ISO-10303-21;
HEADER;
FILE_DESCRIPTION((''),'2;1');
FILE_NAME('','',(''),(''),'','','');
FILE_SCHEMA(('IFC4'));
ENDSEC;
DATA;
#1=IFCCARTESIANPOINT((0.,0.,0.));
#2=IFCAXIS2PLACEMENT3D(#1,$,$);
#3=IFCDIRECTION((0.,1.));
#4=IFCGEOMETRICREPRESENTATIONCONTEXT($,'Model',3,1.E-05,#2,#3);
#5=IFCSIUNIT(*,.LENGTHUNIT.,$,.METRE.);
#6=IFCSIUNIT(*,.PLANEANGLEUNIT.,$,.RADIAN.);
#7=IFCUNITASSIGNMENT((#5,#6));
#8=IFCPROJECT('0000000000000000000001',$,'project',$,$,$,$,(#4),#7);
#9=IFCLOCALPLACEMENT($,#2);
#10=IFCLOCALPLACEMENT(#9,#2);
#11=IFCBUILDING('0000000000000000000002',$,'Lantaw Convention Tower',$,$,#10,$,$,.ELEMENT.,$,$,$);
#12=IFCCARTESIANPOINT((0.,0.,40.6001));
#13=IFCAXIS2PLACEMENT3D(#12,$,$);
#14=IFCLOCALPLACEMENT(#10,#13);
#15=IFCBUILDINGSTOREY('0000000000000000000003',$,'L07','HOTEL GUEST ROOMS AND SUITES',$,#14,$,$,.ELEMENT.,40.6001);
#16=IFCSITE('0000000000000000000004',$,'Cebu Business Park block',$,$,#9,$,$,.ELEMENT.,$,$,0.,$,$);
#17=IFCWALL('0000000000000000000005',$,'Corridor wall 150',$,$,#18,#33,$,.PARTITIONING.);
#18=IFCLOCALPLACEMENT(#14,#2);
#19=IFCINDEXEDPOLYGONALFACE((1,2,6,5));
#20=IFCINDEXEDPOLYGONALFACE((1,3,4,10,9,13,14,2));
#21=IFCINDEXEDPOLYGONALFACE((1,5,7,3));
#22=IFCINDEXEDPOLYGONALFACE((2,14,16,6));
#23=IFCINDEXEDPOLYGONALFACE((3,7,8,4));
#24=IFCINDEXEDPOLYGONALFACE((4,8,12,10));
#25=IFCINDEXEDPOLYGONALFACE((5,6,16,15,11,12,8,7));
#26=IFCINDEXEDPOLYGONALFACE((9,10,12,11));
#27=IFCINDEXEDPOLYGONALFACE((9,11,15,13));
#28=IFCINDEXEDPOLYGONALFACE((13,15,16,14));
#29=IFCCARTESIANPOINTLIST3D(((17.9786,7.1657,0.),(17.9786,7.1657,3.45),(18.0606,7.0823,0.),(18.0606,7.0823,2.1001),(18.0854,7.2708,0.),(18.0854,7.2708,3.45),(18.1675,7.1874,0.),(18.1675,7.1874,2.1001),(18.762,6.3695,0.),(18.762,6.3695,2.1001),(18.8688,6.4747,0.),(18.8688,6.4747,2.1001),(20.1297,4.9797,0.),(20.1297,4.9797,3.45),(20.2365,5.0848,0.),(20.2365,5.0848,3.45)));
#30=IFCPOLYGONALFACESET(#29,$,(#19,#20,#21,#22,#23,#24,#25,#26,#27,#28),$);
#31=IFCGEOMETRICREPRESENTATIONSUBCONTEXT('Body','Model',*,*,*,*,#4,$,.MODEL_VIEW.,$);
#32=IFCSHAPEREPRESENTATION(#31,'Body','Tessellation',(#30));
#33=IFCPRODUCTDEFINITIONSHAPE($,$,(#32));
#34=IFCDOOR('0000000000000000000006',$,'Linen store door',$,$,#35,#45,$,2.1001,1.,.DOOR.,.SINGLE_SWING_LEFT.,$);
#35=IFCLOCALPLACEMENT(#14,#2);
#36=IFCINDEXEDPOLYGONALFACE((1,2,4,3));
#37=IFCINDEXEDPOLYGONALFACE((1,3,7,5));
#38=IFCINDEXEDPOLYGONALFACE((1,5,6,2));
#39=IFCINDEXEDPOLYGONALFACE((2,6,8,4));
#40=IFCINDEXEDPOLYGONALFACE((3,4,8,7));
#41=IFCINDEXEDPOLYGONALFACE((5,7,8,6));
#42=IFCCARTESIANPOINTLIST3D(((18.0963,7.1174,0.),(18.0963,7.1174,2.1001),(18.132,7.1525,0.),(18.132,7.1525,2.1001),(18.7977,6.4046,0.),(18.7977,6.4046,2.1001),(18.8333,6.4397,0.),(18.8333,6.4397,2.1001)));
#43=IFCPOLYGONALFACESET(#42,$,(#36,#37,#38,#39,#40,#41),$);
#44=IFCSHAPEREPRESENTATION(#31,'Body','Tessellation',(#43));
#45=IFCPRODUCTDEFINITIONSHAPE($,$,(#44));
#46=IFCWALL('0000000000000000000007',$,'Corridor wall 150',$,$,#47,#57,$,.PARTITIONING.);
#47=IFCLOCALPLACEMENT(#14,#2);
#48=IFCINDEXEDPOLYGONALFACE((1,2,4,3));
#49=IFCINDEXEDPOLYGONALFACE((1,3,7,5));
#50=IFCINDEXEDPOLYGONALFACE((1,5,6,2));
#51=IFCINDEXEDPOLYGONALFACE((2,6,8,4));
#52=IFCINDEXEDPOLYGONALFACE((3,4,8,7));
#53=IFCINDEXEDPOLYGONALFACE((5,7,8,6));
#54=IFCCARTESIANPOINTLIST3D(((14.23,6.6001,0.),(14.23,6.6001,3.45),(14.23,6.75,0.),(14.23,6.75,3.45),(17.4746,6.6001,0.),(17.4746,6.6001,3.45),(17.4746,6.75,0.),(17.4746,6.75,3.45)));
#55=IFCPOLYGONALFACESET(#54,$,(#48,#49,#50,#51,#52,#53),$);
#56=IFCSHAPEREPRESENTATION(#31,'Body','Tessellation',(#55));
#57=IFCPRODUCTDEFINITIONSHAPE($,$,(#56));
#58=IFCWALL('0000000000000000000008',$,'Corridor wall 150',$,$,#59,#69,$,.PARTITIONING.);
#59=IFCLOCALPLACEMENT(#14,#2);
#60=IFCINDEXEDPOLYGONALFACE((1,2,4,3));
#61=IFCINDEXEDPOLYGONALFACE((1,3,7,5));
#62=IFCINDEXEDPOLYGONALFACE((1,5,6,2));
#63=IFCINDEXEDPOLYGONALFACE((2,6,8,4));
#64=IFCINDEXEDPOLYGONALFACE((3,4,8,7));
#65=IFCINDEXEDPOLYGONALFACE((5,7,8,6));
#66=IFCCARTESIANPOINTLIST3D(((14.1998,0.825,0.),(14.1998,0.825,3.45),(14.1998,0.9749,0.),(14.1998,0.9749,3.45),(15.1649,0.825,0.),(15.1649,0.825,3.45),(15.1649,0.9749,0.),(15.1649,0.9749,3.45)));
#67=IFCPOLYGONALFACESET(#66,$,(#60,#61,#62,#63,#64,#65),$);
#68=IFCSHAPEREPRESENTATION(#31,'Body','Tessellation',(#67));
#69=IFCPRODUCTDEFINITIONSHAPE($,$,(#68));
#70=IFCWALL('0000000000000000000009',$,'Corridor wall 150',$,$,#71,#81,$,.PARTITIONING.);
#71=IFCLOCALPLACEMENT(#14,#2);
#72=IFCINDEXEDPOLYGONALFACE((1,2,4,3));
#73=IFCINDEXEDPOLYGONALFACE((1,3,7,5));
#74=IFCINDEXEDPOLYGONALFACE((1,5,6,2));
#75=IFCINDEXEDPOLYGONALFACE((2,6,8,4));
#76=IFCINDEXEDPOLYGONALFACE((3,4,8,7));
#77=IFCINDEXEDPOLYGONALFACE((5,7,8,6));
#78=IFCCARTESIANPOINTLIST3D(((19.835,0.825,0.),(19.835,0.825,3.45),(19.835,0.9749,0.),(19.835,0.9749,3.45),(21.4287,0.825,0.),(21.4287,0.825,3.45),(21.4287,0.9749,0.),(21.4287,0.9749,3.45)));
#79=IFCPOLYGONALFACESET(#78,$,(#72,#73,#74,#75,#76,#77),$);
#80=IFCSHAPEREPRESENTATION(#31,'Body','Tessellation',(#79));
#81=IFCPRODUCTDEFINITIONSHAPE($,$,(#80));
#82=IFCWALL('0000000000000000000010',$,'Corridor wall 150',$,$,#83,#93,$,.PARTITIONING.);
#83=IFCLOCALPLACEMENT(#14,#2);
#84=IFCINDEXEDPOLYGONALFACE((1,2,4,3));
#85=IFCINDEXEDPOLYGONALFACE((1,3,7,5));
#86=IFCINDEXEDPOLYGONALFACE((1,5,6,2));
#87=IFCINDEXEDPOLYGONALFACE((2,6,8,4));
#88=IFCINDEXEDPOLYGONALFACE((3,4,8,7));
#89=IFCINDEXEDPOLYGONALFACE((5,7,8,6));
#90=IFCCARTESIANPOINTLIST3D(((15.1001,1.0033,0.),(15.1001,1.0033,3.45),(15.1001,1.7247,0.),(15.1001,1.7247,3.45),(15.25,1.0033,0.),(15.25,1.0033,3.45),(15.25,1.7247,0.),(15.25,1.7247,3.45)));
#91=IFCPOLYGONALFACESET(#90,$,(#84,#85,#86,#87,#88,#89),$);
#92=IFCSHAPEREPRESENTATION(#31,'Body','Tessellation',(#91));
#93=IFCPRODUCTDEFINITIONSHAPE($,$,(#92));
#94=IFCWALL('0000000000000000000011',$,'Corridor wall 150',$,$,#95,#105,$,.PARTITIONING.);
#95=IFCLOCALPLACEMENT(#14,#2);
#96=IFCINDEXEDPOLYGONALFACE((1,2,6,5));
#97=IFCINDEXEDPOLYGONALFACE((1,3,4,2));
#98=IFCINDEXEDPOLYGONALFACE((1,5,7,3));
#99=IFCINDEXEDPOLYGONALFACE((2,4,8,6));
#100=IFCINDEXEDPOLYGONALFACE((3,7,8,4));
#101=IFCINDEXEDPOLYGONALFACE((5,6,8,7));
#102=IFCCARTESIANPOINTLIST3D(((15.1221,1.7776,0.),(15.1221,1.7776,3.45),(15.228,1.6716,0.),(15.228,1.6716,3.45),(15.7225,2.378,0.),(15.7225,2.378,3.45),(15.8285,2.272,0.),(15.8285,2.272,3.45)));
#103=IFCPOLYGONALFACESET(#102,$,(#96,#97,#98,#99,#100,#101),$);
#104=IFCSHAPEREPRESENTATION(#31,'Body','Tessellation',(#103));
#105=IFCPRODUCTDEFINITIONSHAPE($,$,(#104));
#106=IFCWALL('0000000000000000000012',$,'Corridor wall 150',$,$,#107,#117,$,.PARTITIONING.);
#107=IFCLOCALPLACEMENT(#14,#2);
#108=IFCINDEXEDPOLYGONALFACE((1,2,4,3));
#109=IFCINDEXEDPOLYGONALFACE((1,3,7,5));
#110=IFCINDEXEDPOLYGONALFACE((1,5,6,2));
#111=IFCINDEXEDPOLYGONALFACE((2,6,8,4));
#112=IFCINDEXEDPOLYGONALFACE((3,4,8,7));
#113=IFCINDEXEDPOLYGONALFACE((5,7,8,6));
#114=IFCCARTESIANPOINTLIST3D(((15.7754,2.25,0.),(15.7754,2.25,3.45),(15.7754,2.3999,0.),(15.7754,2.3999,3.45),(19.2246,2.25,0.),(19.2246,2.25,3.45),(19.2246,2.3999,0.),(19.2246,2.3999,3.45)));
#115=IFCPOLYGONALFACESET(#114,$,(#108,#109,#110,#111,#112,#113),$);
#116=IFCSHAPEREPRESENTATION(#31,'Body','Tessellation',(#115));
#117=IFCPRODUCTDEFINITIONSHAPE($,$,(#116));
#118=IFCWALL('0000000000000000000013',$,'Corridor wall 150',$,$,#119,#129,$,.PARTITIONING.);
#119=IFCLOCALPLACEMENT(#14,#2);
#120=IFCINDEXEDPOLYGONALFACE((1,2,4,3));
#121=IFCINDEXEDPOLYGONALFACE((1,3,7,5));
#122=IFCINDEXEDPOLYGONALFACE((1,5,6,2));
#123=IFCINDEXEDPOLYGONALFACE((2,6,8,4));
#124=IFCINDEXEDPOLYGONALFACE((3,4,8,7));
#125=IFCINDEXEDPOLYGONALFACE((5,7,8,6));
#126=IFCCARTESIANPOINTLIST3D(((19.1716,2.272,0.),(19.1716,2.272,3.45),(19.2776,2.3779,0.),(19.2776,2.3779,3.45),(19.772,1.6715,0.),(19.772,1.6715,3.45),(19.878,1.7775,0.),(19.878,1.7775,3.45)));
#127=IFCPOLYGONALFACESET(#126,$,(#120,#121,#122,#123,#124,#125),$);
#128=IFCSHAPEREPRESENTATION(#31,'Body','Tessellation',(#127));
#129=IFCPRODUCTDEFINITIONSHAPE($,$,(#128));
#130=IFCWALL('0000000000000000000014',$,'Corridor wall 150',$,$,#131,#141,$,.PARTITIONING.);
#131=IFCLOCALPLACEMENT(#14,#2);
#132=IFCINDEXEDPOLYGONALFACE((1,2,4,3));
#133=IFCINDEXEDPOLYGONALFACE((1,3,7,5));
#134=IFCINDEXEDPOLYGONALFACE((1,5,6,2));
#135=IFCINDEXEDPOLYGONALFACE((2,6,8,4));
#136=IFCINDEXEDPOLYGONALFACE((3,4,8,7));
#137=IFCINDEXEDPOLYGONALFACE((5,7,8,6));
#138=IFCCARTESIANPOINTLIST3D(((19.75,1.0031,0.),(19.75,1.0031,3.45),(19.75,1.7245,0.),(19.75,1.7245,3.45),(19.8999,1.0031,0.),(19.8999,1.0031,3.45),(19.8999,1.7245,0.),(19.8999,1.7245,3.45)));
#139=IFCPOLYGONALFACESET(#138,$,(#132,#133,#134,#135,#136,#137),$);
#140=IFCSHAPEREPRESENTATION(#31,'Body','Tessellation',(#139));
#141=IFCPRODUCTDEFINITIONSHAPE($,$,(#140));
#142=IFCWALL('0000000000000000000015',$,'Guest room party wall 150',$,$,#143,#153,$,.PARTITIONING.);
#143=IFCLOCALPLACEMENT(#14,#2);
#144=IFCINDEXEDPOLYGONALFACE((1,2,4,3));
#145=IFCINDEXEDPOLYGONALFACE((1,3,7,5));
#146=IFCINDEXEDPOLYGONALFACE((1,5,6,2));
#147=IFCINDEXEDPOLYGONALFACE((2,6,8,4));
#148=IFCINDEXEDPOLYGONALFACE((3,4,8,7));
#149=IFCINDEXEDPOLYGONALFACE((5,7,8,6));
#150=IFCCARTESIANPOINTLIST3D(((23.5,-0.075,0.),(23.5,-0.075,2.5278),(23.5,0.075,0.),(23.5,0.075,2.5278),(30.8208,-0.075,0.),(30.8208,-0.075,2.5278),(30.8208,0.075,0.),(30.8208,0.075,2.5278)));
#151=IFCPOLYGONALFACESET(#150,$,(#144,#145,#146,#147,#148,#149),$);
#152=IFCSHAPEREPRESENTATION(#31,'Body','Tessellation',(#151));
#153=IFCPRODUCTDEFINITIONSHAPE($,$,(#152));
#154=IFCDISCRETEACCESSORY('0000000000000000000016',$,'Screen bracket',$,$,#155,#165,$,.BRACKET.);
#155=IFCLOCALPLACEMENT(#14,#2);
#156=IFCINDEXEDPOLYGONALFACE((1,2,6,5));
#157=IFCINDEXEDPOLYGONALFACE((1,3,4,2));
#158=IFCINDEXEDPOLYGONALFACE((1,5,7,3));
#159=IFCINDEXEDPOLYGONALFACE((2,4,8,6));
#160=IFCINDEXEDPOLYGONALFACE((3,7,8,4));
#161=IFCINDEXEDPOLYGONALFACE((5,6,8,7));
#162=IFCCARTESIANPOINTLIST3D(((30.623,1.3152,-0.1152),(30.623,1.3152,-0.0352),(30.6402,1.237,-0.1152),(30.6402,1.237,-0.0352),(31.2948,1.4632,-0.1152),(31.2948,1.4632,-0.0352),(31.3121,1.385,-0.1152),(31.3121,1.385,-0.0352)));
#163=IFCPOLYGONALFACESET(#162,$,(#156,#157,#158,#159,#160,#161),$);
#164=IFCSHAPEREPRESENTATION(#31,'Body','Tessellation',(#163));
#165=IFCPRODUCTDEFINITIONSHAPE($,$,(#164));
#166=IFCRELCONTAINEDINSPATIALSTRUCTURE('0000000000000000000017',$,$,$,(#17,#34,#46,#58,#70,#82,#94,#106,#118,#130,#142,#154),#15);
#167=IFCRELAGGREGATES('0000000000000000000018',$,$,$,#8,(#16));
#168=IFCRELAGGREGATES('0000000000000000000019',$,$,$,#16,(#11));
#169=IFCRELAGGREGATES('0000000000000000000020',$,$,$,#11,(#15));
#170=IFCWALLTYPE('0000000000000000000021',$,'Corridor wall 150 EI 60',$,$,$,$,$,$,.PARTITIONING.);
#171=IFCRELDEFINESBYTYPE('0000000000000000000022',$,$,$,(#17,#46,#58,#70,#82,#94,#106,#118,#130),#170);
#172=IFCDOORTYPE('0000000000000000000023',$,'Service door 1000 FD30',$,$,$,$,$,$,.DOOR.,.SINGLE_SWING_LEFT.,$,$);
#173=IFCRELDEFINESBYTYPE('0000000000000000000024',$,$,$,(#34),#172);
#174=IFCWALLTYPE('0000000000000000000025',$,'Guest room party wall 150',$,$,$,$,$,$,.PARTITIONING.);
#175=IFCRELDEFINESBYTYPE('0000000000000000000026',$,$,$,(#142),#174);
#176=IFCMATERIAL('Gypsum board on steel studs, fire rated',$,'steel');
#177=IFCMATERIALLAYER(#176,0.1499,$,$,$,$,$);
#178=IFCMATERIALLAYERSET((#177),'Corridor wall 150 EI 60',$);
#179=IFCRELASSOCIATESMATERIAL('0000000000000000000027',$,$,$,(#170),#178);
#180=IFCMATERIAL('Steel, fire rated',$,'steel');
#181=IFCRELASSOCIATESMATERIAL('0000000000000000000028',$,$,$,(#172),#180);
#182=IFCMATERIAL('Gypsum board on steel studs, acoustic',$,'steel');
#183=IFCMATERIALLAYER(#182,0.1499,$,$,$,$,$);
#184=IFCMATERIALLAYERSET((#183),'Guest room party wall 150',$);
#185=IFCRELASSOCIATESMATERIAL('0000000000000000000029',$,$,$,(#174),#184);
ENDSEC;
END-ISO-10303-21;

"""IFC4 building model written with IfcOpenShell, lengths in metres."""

from ifc_helpers import new_model, si_unit, direction, frame, frame_2d, origin, origin_2d, place, context, subcontext, project, spatial, rectangle, extrude, material, layer, layer_set, type_object, element, fill, save


model = new_model("IFC4")

# Units and contexts
model_context = context("Model", 3, precision=1e-05, world=origin(), true_north=direction((0.0, 1.0)))
body_context = subcontext(model_context, "Body", "Model", "MODEL_VIEW")
ifc_project = project(units=[si_unit("LENGTHUNIT", "METRE"), si_unit("PLANEANGLEUNIT", "RADIAN")], contexts=[model_context])

# Site, building, storey
site_placement = place(None, origin())
site = spatial("IfcSite", under=ifc_project, at=site_placement, Name="Cebu Business Park block", CompositionType="ELEMENT", RefElevation=0.0)
building_placement = place(site_placement, origin())
building = spatial("IfcBuilding", under=site, at=building_placement, Name="Lantaw Convention Tower", CompositionType="ELEMENT")
storey_placement = place(building_placement, frame((0.0, 0.0, 40.6001)))
storey = spatial("IfcBuildingStorey", under=building, at=storey_placement, Name="L07", Description="HOTEL GUEST ROOMS AND SUITES", CompositionType="ELEMENT", Elevation=40.6001)

# Shared definitions
ifc_material_1 = material(Name="Gypsum board on steel studs, fire rated", Category="steel")
ifc_layer_1 = layer(ifc_material_1, 0.1499)
ifc_layer_set_1 = layer_set([ifc_layer_1], Name="Corridor wall 150 EI 60")
wall_type_1 = type_object("IfcWallType", Name="Corridor wall 150 EI 60", PredefinedType="PARTITIONING", material=ifc_layer_set_1)
ifc_material_2 = material(Name="Steel, fire rated", Category="steel")

# Wall, opening, door
wall_1_placement = place(storey_placement, frame((20.1831, 5.0322, 0.0), z_axis=(0.0, 0.0, 1.0), x_axis=(-0.701392, 0.712776, 0.0)))
wall_1 = element("IfcWall", 1, at=wall_1_placement, inside=storey, type_object=wall_type_1, Name="Corridor wall 150", PredefinedType="PARTITIONING", context=body_context, shape_type="SweptSolid", body=[
    extrude(rectangle(XDim=3.0669, YDim=0.1499, at=frame_2d((1.5334, 0.0))), origin(), (0.0, 0.0, 1.0), 3.45),
])
opening_1_placement = place(wall_1_placement, frame((1.95, 0.0, 0.0)))
opening_1 = element("IfcOpeningElement", 2, at=opening_1_placement, cuts=wall_1, PredefinedType="OPENING", context=body_context, shape_type="SweptSolid", body=[
    extrude(rectangle(XDim=1.0, YDim=2.1001, at=frame_2d((0.5, 1.05))), frame((0.0, 0.085, 0.0), z_axis=(0.0, -1.0, 0.0), x_axis=(1.0, 0.0, 0.0)), (0.0, 0.0, 1.0), 0.1699),
])
door_type_1 = type_object("IfcDoorType", Name="Service door 1000 FD30", OperationType="SINGLE_SWING_LEFT", PredefinedType="DOOR", material=ifc_material_2)
door_1_placement = place(opening_1_placement, origin())
door_1 = element("IfcDoor", 3, at=door_1_placement, inside=storey, type_object=door_type_1, Name="Linen store door", OperationType="SINGLE_SWING_LEFT", OverallHeight=2.1001, OverallWidth=1.0, PredefinedType="DOOR", context=body_context, shape_type="SweptSolid", body=[
    extrude(rectangle(XDim=1.0, YDim=2.1001, at=frame_2d((0.5, 1.05))), frame((0.0, 0.0249, 0.0), z_axis=(0.0, -1.0, 0.0), x_axis=(1.0, 0.0, 0.0)), (0.0, 0.0, 1.0), 0.05),
])
fill(opening_1, door_1)

# Walls
wall_2_placement = place(storey_placement, frame((17.4746, 6.675, 0.0), z_axis=(0.0, 0.0, 1.0), x_axis=(-1.0, 0.0, 0.0)))
element("IfcWall", 4, at=wall_2_placement, inside=storey, type_object=wall_type_1, Name="Corridor wall 150", PredefinedType="PARTITIONING", context=body_context, shape_type="SweptSolid", body=[
    extrude(rectangle(XDim=3.2446, YDim=0.1499, at=frame_2d((1.6223, 0.0))), origin(), (0.0, 0.0, 1.0), 3.45),
])
wall_3_placement = place(storey_placement, frame((14.2, 0.8999, 0.0), z_axis=(0.0, 0.0, 1.0), x_axis=(1.0, 0.0, 0.0)))
element("IfcWall", 5, at=wall_3_placement, inside=storey, type_object=wall_type_1, Name="Corridor wall 150", PredefinedType="PARTITIONING", context=body_context, shape_type="SweptSolid", body=[
    extrude(rectangle(XDim=0.9651, YDim=0.1499, at=frame_2d((0.4824, 0.0))), origin(), (0.0, 0.0, 1.0), 3.45),
])
wall_4_placement = place(storey_placement, frame((19.835, 0.8999, 0.0), z_axis=(0.0, 0.0, 1.0), x_axis=(1.0, 0.0, 0.0)))
element("IfcWall", 6, at=wall_4_placement, inside=storey, type_object=wall_type_1, Name="Corridor wall 150", PredefinedType="PARTITIONING", context=body_context, shape_type="SweptSolid", body=[
    extrude(rectangle(XDim=1.5938, YDim=0.1499, at=frame_2d((0.7969, 0.0))), origin(), (0.0, 0.0, 1.0), 3.45),
])
wall_5_placement = place(storey_placement, frame((15.175, 1.0032, 0.0), z_axis=(0.0, 0.0, 1.0), x_axis=(0.0, 1.0, 0.0)))
element("IfcWall", 7, at=wall_5_placement, inside=storey, type_object=wall_type_1, Name="Corridor wall 150", PredefinedType="PARTITIONING", context=body_context, shape_type="SweptSolid", body=[
    extrude(rectangle(XDim=0.7214, YDim=0.1499, at=frame_2d((0.3608, 0.0))), origin(), (0.0, 0.0, 1.0), 3.45),
])
wall_6_placement = place(storey_placement, frame((15.175, 1.7246, 0.0), z_axis=(0.0, 0.0, 1.0), x_axis=(0.707107, 0.707107, 0.0)))
element("IfcWall", 8, at=wall_6_placement, inside=storey, type_object=wall_type_1, Name="Corridor wall 150", PredefinedType="PARTITIONING", context=body_context, shape_type="SweptSolid", body=[
    extrude(rectangle(XDim=0.8491, YDim=0.1499, at=frame_2d((0.4246, 0.0))), origin(), (0.0, 0.0, 1.0), 3.45),
])
wall_7_placement = place(storey_placement, frame((15.7754, 2.325, 0.0), z_axis=(0.0, 0.0, 1.0), x_axis=(1.0, 0.0, 0.0)))
element("IfcWall", 9, at=wall_7_placement, inside=storey, type_object=wall_type_1, Name="Corridor wall 150", PredefinedType="PARTITIONING", context=body_context, shape_type="SweptSolid", body=[
    extrude(rectangle(XDim=3.4492, YDim=0.1499, at=frame_2d((1.7246, 0.0))), origin(), (0.0, 0.0, 1.0), 3.45),
])
wall_8_placement = place(storey_placement, frame((19.2246, 2.325, 0.0), z_axis=(0.0, 0.0, 1.0), x_axis=(0.707107, -0.707107, 0.0)))
element("IfcWall", 10, at=wall_8_placement, inside=storey, type_object=wall_type_1, Name="Corridor wall 150", PredefinedType="PARTITIONING", context=body_context, shape_type="SweptSolid", body=[
    extrude(rectangle(XDim=0.8491, YDim=0.1499, at=frame_2d((0.4246, 0.0))), origin(), (0.0, 0.0, 1.0), 3.45),
])
wall_9_placement = place(storey_placement, frame((19.825, 1.7246, 0.0), z_axis=(0.0, 0.0, 1.0), x_axis=(0.0, -1.0, 0.0)))
element("IfcWall", 11, at=wall_9_placement, inside=storey, type_object=wall_type_1, Name="Corridor wall 150", PredefinedType="PARTITIONING", context=body_context, shape_type="SweptSolid", body=[
    extrude(rectangle(XDim=0.7214, YDim=0.1499, at=frame_2d((0.3608, 0.0))), origin(), (0.0, 0.0, 1.0), 3.45),
])
ifc_material_3 = material(Name="Gypsum board on steel studs, acoustic", Category="steel")
ifc_layer_2 = layer(ifc_material_3, 0.1499)
ifc_layer_set_2 = layer_set([ifc_layer_2], Name="Guest room party wall 150")
wall_type_2 = type_object("IfcWallType", Name="Guest room party wall 150", PredefinedType="PARTITIONING", material=ifc_layer_set_2)
wall_10_placement = place(storey_placement, frame((30.8208, 0.0, 0.0), z_axis=(0.0, 0.0, 1.0), x_axis=(-1.0, 0.0, 0.0)))
element("IfcWall", 12, at=wall_10_placement, inside=storey, type_object=wall_type_2, Name="Guest room party wall 150", PredefinedType="PARTITIONING", context=body_context, shape_type="SweptSolid", body=[
    extrude(rectangle(XDim=7.3208, YDim=0.1499, at=frame_2d((3.6604, 0.0))), origin(), (0.0, 0.0, 1.0), 2.5278),
])

# Discrete accessory
discrete_accessory_placement = place(storey_placement, frame((30.9675, 1.3501, -0.1152), z_axis=(0.0, 0.0, 1.0), x_axis=(-0.215246, 0.97656, 0.0)))
element("IfcDiscreteAccessory", 13, at=discrete_accessory_placement, inside=storey, Name="Screen bracket", PredefinedType="BRACKET", context=body_context, shape_type="SweptSolid", body=[
    extrude(rectangle(XDim=0.0801, YDim=0.688, at=origin_2d()), origin(), (0.0, 0.0, 1.0), 0.0801),
])

save(model, "model.ifc")
